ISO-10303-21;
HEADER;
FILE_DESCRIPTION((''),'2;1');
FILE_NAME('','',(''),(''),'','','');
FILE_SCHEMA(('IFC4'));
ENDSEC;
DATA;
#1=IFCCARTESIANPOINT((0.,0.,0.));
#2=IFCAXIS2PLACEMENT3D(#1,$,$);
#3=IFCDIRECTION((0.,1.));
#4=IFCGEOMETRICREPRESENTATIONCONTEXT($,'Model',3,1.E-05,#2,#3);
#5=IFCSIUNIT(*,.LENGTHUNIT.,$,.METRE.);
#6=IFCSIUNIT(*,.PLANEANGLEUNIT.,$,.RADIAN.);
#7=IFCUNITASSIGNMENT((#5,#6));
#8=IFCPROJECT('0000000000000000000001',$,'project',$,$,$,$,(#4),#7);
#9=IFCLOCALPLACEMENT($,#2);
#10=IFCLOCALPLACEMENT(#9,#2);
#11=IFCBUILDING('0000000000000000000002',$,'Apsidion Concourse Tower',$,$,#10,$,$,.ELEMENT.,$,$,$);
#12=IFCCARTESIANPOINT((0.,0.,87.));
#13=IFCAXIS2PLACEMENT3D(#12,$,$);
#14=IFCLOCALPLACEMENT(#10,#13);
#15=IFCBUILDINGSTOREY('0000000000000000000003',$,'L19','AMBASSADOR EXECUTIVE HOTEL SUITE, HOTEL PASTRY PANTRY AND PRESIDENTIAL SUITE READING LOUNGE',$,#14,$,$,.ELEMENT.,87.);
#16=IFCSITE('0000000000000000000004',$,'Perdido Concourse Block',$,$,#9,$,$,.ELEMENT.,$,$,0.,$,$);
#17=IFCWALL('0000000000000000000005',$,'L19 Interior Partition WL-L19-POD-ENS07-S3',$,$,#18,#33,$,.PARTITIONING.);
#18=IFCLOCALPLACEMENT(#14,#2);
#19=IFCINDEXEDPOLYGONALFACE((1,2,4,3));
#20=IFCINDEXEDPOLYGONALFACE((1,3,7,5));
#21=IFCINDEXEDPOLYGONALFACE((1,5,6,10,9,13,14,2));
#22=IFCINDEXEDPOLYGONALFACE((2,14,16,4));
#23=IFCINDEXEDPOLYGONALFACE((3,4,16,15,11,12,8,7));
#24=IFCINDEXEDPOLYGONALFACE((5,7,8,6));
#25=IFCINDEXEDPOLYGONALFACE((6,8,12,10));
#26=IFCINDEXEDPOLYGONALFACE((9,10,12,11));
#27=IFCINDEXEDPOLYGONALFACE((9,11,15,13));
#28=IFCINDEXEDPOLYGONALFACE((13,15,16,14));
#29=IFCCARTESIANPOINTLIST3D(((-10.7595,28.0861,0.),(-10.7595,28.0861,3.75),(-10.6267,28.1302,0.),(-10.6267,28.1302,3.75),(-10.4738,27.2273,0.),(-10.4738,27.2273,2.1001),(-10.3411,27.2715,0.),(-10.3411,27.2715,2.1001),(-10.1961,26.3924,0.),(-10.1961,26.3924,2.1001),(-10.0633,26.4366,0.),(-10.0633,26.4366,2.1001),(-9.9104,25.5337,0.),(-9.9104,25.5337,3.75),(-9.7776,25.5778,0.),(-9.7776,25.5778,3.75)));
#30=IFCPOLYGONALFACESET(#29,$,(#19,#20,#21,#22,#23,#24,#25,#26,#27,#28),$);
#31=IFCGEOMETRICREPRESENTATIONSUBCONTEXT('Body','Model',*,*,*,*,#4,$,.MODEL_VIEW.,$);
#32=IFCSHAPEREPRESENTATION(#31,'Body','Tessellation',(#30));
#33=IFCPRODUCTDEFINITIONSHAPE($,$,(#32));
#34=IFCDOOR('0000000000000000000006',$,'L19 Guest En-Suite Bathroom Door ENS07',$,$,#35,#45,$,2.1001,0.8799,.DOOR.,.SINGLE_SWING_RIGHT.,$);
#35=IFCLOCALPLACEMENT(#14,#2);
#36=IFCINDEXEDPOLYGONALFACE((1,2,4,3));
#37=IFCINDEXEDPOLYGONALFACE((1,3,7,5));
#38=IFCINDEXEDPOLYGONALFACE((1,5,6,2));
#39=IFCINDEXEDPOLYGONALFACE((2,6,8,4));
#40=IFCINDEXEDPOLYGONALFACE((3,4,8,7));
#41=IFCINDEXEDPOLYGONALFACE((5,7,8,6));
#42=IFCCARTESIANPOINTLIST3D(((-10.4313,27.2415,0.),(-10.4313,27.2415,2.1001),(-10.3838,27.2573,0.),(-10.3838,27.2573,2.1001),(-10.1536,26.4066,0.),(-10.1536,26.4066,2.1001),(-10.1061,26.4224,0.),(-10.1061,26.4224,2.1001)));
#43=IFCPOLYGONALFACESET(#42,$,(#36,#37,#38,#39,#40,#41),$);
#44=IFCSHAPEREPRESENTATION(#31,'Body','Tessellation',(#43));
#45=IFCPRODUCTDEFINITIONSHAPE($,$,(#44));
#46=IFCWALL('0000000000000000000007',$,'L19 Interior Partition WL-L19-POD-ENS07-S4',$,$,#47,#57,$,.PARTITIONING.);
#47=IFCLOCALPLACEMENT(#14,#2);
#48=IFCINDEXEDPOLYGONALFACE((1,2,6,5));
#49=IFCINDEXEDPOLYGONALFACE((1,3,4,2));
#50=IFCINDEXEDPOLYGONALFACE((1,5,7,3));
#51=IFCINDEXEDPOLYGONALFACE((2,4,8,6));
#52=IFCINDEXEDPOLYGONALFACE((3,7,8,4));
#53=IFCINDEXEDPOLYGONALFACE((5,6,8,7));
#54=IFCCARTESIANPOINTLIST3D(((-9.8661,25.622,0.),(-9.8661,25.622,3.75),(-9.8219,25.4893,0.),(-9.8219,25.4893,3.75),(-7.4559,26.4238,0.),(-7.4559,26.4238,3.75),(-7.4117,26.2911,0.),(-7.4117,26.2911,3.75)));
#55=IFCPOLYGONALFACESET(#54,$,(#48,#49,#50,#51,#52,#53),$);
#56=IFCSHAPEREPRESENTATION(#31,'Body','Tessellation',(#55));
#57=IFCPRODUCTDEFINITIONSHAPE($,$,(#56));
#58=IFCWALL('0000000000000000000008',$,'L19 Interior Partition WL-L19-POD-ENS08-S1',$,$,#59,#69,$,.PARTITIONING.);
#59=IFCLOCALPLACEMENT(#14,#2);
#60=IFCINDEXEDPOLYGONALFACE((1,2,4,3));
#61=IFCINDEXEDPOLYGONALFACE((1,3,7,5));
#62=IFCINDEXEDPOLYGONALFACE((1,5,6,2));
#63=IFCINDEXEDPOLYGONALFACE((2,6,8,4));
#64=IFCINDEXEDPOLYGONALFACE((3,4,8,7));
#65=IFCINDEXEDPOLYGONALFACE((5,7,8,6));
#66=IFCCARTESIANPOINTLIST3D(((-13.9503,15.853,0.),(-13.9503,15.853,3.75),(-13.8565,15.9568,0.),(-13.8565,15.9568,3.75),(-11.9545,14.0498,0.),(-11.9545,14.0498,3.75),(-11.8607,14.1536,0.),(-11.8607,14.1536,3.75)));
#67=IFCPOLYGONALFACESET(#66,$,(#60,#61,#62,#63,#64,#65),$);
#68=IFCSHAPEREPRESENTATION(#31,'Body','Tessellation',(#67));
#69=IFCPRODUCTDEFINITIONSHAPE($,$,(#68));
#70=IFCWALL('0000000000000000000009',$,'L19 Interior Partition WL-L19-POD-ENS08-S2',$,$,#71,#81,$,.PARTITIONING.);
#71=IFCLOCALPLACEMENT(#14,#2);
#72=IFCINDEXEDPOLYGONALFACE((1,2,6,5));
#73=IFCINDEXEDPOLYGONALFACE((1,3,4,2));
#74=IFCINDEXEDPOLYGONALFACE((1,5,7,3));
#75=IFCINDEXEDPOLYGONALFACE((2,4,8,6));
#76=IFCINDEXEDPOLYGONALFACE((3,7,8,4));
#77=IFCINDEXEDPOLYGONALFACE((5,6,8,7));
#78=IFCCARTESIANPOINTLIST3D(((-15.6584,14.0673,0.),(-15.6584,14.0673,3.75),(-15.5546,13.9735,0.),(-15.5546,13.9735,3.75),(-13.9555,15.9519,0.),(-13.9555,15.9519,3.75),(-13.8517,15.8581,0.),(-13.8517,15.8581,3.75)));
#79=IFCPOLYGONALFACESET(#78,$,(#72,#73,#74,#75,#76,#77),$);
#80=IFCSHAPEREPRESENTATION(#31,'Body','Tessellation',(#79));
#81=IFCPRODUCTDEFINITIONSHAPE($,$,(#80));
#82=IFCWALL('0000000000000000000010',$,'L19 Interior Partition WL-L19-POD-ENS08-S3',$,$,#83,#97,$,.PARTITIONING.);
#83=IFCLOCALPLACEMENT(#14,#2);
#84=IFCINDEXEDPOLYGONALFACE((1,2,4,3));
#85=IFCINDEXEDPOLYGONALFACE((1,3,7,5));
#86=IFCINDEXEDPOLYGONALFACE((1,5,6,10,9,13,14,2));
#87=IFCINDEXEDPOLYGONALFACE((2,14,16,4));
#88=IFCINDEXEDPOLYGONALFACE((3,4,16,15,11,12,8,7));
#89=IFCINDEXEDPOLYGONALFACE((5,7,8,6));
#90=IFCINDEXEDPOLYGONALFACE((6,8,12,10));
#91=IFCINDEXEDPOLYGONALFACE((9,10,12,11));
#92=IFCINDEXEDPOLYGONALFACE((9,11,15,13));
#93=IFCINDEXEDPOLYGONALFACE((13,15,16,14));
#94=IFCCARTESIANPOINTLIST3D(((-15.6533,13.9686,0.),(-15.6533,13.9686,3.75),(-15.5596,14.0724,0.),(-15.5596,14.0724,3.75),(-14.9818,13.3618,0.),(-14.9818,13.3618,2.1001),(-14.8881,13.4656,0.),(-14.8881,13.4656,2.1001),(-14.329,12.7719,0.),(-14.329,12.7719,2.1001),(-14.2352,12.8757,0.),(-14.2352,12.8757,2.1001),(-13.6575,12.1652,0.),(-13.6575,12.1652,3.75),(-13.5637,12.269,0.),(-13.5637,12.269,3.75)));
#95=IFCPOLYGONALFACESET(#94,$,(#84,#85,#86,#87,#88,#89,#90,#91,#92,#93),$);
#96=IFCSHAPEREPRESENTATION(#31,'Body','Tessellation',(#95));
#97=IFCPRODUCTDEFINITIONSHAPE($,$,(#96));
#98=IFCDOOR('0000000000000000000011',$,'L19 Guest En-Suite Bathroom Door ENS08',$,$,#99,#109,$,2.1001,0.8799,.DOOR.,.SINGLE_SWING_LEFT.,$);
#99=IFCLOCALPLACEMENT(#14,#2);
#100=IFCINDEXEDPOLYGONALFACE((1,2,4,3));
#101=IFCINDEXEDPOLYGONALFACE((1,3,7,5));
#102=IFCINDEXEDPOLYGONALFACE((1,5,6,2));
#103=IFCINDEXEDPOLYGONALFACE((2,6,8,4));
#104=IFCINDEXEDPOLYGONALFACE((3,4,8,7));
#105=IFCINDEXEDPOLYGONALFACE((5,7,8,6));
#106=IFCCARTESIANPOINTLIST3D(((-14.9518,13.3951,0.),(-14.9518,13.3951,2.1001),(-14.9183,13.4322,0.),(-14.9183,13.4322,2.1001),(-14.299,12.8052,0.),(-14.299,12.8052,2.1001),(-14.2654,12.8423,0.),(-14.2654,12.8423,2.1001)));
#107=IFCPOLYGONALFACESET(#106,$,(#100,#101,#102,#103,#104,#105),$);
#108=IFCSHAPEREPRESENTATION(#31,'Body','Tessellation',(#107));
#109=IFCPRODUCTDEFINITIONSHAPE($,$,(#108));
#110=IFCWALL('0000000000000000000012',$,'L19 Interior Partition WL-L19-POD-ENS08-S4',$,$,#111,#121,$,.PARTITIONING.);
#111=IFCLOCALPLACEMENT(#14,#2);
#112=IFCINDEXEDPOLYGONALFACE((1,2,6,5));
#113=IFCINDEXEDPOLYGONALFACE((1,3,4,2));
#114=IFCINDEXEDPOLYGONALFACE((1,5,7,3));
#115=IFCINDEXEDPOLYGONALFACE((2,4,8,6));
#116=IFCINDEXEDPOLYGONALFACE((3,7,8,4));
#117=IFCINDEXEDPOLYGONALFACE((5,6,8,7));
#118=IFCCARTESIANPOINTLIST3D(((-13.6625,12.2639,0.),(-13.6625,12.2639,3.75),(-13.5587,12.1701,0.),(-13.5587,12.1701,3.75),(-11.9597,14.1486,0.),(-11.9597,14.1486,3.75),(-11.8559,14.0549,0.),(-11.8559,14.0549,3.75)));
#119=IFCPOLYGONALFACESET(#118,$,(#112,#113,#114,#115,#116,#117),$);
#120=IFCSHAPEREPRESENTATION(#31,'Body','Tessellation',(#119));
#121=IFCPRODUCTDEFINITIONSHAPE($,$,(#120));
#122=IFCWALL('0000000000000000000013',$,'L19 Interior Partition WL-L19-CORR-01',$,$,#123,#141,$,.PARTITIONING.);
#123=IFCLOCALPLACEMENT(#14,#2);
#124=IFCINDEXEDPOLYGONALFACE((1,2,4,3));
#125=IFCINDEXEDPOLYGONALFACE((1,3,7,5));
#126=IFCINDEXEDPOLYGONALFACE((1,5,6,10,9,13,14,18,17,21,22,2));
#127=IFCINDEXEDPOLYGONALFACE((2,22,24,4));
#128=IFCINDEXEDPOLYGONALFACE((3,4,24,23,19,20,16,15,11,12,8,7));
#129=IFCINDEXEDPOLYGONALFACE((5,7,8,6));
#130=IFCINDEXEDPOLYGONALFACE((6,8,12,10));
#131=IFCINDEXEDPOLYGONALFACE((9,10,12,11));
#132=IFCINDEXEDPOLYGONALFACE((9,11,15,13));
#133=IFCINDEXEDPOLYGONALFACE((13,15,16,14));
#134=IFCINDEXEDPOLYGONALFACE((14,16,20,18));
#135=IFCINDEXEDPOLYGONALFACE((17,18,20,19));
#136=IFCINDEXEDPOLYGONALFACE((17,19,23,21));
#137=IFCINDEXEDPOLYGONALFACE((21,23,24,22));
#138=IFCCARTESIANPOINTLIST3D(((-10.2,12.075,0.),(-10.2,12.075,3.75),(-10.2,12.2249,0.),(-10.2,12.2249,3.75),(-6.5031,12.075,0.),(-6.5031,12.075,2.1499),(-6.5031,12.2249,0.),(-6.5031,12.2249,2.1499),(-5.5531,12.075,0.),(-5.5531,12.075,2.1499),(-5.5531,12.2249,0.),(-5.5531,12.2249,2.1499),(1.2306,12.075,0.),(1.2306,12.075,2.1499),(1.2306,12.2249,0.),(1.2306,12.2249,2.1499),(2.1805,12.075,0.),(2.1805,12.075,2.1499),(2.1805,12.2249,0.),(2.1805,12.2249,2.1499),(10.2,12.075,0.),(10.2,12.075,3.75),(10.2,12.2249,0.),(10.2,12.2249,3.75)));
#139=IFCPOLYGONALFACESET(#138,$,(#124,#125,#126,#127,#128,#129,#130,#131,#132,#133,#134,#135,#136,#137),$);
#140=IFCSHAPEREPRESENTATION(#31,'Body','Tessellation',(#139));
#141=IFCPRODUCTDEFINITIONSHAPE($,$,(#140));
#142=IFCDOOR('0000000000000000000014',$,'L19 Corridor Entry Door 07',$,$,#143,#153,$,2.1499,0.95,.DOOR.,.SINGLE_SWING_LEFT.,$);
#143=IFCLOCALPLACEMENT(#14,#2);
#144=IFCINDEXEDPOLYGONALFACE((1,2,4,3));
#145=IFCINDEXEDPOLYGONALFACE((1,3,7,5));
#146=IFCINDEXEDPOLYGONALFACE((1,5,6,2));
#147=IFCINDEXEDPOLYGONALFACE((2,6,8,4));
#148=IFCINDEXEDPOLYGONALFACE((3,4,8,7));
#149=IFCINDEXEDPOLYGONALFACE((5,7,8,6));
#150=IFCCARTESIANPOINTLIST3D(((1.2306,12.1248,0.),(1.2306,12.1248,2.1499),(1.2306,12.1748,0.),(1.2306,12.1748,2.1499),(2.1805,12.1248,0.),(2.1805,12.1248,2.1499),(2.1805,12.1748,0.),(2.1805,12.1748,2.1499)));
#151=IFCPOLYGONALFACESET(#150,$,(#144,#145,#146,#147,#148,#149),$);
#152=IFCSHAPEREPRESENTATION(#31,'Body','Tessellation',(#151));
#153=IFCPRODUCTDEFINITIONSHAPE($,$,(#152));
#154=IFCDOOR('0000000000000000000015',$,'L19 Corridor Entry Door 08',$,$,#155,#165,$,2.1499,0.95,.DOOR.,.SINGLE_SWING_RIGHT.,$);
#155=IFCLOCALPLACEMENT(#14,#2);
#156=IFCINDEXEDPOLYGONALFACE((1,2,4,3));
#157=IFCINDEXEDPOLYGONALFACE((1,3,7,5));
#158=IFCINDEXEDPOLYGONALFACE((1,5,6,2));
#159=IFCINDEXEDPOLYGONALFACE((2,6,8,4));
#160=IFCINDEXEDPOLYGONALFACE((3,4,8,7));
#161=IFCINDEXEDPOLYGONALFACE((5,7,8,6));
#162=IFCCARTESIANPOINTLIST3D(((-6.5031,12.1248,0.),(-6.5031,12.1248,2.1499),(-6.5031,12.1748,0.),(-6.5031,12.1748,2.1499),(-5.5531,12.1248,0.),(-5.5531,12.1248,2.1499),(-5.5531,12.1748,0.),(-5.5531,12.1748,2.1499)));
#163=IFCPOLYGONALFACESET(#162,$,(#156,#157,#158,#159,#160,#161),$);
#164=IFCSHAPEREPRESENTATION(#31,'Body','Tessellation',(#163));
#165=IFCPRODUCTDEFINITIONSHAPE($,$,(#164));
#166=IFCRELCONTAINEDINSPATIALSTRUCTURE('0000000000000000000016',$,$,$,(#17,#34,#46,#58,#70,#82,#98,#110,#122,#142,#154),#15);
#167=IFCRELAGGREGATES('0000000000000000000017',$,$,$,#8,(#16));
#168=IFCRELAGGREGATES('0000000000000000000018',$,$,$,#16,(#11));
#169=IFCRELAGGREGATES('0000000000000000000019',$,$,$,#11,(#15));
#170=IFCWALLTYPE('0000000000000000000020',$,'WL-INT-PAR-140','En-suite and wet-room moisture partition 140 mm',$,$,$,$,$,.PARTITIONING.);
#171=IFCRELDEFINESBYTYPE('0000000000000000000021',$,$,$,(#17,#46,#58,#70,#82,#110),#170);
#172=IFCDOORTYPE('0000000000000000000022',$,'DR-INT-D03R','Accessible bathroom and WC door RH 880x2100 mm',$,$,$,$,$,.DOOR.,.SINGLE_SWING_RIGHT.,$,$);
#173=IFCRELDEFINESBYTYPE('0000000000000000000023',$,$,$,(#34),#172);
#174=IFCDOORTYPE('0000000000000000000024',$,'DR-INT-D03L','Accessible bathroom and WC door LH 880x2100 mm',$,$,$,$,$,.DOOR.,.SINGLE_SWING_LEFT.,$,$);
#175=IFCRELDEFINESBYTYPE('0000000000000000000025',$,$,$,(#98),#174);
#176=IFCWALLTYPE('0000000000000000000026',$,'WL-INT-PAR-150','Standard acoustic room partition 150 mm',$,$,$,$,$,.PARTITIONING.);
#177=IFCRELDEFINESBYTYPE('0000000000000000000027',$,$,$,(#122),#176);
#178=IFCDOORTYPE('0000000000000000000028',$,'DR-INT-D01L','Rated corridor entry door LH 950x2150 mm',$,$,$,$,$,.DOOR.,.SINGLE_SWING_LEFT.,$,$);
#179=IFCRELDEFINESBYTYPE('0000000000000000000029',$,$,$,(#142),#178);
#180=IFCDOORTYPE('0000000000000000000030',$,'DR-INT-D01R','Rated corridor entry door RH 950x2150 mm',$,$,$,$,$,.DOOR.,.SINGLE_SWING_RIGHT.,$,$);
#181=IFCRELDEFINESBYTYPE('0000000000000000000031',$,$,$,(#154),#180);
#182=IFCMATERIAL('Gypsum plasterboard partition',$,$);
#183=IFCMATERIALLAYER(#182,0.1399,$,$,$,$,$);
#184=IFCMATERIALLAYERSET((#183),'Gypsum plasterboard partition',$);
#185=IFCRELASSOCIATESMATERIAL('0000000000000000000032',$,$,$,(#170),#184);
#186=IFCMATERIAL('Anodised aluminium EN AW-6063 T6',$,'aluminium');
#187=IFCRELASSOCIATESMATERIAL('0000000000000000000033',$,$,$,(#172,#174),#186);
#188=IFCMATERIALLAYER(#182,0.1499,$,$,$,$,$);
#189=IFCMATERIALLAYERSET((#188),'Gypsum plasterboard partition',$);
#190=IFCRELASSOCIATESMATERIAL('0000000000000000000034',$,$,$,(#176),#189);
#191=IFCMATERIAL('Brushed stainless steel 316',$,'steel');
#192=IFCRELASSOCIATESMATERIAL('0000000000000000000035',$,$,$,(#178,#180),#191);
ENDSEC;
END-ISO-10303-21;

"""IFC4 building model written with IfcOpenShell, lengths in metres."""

from ifc_helpers import new_model, si_unit, direction, frame, frame_2d, origin, place, context, subcontext, project, spatial, rectangle, extrude, material, layer, layer_set, type_object, element, fill, save


model = new_model("IFC4")

# Units and contexts
model_context = context("Model", 3, precision=1e-05, world=origin(), true_north=direction((0.0, 1.0)))
body_context = subcontext(model_context, "Body", "Model", "MODEL_VIEW")
ifc_project = project(units=[si_unit("LENGTHUNIT", "METRE"), si_unit("PLANEANGLEUNIT", "RADIAN")], contexts=[model_context])

# Site, building, storey
site_placement = place(None, origin())
site = spatial("IfcSite", under=ifc_project, at=site_placement, Name="Perdido Concourse Block", CompositionType="ELEMENT", RefElevation=0.0)
building_placement = place(site_placement, origin())
building = spatial("IfcBuilding", under=site, at=building_placement, Name="Apsidion Concourse Tower", CompositionType="ELEMENT")
storey_placement = place(building_placement, frame((0.0, 0.0, 87.0)))
storey = spatial("IfcBuildingStorey", under=building, at=storey_placement, Name="L19", Description="AMBASSADOR EXECUTIVE HOTEL SUITE, HOTEL PASTRY PANTRY AND PRESIDENTIAL SUITE READING LOUNGE", CompositionType="ELEMENT", Elevation=87.0)

# Shared definitions
ifc_material_1 = material(Name="Gypsum plasterboard partition")
ifc_layer_1 = layer(ifc_material_1, 0.1399)
ifc_layer_set_1 = layer_set([ifc_layer_1], Name="Gypsum plasterboard partition")
wall_type_1 = type_object("IfcWallType", Name="WL-INT-PAR-140", Description="En-suite and wet-room moisture partition 140 mm", PredefinedType="PARTITIONING", material=ifc_layer_set_1)

# Wall, opening, door
wall_1_placement = place(storey_placement, frame((-10.6931, 28.1082, 0.0), z_axis=(0.0, 0.0, 1.0), x_axis=(0.315656, -0.948874, 0.0)))
wall_1 = element("IfcWall", 1, at=wall_1_placement, inside=storey, type_object=wall_type_1, Name="L19 Interior Partition WL-L19-POD-ENS07-S3", PredefinedType="PARTITIONING", context=body_context, shape_type="SweptSolid", body=[
    extrude(rectangle(XDim=2.6899, YDim=0.1399, at=frame_2d((1.345, 0.0))), origin(), (0.0, 0.0, 1.0), 3.75),
])
opening_1_placement = place(wall_1_placement, frame((0.905, 0.0, 0.0)))
opening_1 = element("IfcOpeningElement", 2, at=opening_1_placement, cuts=wall_1, PredefinedType="OPENING", context=body_context, shape_type="SweptSolid", body=[
    extrude(rectangle(XDim=0.8799, YDim=2.1001, at=frame_2d((0.4399, 1.05))), frame((0.0, 0.0801, 0.0), z_axis=(0.0, -1.0, 0.0), x_axis=(1.0, 0.0, 0.0)), (0.0, 0.0, 1.0), 0.1599),
])
ifc_material_2 = material(Name="Anodised aluminium EN AW-6063 T6", Category="aluminium")
door_type_1 = type_object("IfcDoorType", Name="DR-INT-D03R", Description="Accessible bathroom and WC door RH 880x2100 mm", OperationType="SINGLE_SWING_RIGHT", PredefinedType="DOOR", material=ifc_material_2)
door_1_placement = place(opening_1_placement, origin())
door_1 = element("IfcDoor", 3, at=door_1_placement, inside=storey, type_object=door_type_1, Name="L19 Guest En-Suite Bathroom Door ENS07", OperationType="SINGLE_SWING_RIGHT", OverallHeight=2.1001, OverallWidth=0.8799, PredefinedType="DOOR", context=body_context, shape_type="SweptSolid", body=[
    extrude(rectangle(XDim=0.8799, YDim=2.1001, at=frame_2d((0.4399, 1.05))), frame((0.0, 0.0249, 0.0), z_axis=(0.0, -1.0, 0.0), x_axis=(1.0, 0.0, 0.0)), (0.0, 0.0, 1.0), 0.05),
])
fill(opening_1, door_1)

# Walls
wall_2_placement = place(storey_placement, frame((-9.844, 25.5557, 0.0), z_axis=(0.0, 0.0, 1.0), x_axis=(0.948875, 0.315651, 0.0)))
element("IfcWall", 4, at=wall_2_placement, inside=storey, type_object=wall_type_1, Name="L19 Interior Partition WL-L19-POD-ENS07-S4", PredefinedType="PARTITIONING", context=body_context, shape_type="SweptSolid", body=[
    extrude(rectangle(XDim=2.54, YDim=0.1399, at=frame_2d((1.27, 0.0))), origin(), (0.0, 0.0, 1.0), 3.75),
])
wall_3_placement = place(storey_placement, frame((-11.9077, 14.1018, 0.0), z_axis=(0.0, 0.0, 1.0), x_axis=(-0.742007, 0.670393, 0.0)))
element("IfcWall", 5, at=wall_3_placement, inside=storey, type_object=wall_type_1, Name="L19 Interior Partition WL-L19-POD-ENS08-S1", PredefinedType="PARTITIONING", context=body_context, shape_type="SweptSolid", body=[
    extrude(rectangle(XDim=2.6897, YDim=0.1399, at=frame_2d((1.3447, 0.0))), origin(), (0.0, 0.0, 1.0), 3.75),
])
wall_4_placement = place(storey_placement, frame((-13.9036, 15.905, 0.0), z_axis=(0.0, 0.0, 1.0), x_axis=(-0.670445, -0.741959, 0.0)))
element("IfcWall", 6, at=wall_4_placement, inside=storey, type_object=wall_type_1, Name="L19 Interior Partition WL-L19-POD-ENS08-S2", PredefinedType="PARTITIONING", context=body_context, shape_type="SweptSolid", body=[
    extrude(rectangle(XDim=2.54, YDim=0.1399, at=frame_2d((1.27, 0.0))), origin(), (0.0, 0.0, 1.0), 3.75),
])

# Wall, opening, door
wall_5_placement = place(storey_placement, frame((-15.6064, 14.0205, 0.0), z_axis=(0.0, 0.0, 1.0), x_axis=(0.741961, -0.670443, 0.0)))
wall_5 = element("IfcWall", 7, at=wall_5_placement, inside=storey, type_object=wall_type_1, Name="L19 Interior Partition WL-L19-POD-ENS08-S3", PredefinedType="PARTITIONING", context=body_context, shape_type="SweptSolid", body=[
    extrude(rectangle(XDim=2.6899, YDim=0.1399, at=frame_2d((1.345, 0.0))), origin(), (0.0, 0.0, 1.0), 3.75),
])
opening_2_placement = place(wall_5_placement, frame((0.905, 0.0, 0.0)))
opening_2 = element("IfcOpeningElement", 8, at=opening_2_placement, cuts=wall_5, PredefinedType="OPENING", context=body_context, shape_type="SweptSolid", body=[
    extrude(rectangle(XDim=0.8799, YDim=2.1001, at=frame_2d((0.4399, 1.05))), frame((0.0, 0.0801, 0.0), z_axis=(0.0, -1.0, 0.0), x_axis=(1.0, 0.0, 0.0)), (0.0, 0.0, 1.0), 0.1599),
])
door_type_2 = type_object("IfcDoorType", Name="DR-INT-D03L", Description="Accessible bathroom and WC door LH 880x2100 mm", OperationType="SINGLE_SWING_LEFT", PredefinedType="DOOR", material=ifc_material_2)
door_2_placement = place(opening_2_placement, origin())
door_2 = element("IfcDoor", 9, at=door_2_placement, inside=storey, type_object=door_type_2, Name="L19 Guest En-Suite Bathroom Door ENS08", OperationType="SINGLE_SWING_LEFT", OverallHeight=2.1001, OverallWidth=0.8799, PredefinedType="DOOR", context=body_context, shape_type="SweptSolid", body=[
    extrude(rectangle(XDim=0.8799, YDim=2.1001, at=frame_2d((0.4399, 1.05))), frame((0.0, 0.0249, 0.0), z_axis=(0.0, -1.0, 0.0), x_axis=(1.0, 0.0, 0.0)), (0.0, 0.0, 1.0), 0.05),
])
fill(opening_2, door_2)

# Wall
wall_6_placement = place(storey_placement, frame((-13.6106, 12.217, 0.0), z_axis=(0.0, 0.0, 1.0), x_axis=(0.670397, 0.742002, 0.0)))
element("IfcWall", 10, at=wall_6_placement, inside=storey, type_object=wall_type_1, Name="L19 Interior Partition WL-L19-POD-ENS08-S4", PredefinedType="PARTITIONING", context=body_context, shape_type="SweptSolid", body=[
    extrude(rectangle(XDim=2.54, YDim=0.1399, at=frame_2d((1.27, 0.0))), origin(), (0.0, 0.0, 1.0), 3.75),
])

# Wall, openings, doors
ifc_layer_2 = layer(ifc_material_1, 0.1499)
ifc_layer_set_2 = layer_set([ifc_layer_2], Name="Gypsum plasterboard partition")
wall_type_2 = type_object("IfcWallType", Name="WL-INT-PAR-150", Description="Standard acoustic room partition 150 mm", PredefinedType="PARTITIONING", material=ifc_layer_set_2)
wall_7_placement = place(storey_placement, frame((-10.2, 12.1499, 0.0), z_axis=(0.0, 0.0, 1.0), x_axis=(1.0, 0.0, 0.0)))
wall_7 = element("IfcWall", 11, at=wall_7_placement, inside=storey, type_object=wall_type_2, Name="L19 Interior Partition WL-L19-CORR-01", PredefinedType="PARTITIONING", context=body_context, shape_type="SweptSolid", body=[
    extrude(rectangle(XDim=20.3999, YDim=0.1499, at=frame_2d((10.2, 0.0))), origin(), (0.0, 0.0, 1.0), 3.75),
])
opening_3_placement = place(wall_7_placement, frame((11.4304, 0.0, 0.0)))
opening_3 = element("IfcOpeningElement", 12, at=opening_3_placement, cuts=wall_7, PredefinedType="OPENING", context=body_context, shape_type="SweptSolid", body=[
    extrude(rectangle(XDim=0.95, YDim=2.1499, at=frame_2d((0.4751, 1.075))), frame((0.0, 0.085, 0.0), z_axis=(0.0, -1.0, 0.0), x_axis=(1.0, 0.0, 0.0)), (0.0, 0.0, 1.0), 0.1699),
])
opening_4_placement = place(wall_7_placement, frame((3.6968, 0.0, 0.0)))
opening_4 = element("IfcOpeningElement", 13, at=opening_4_placement, cuts=wall_7, PredefinedType="OPENING", context=body_context, shape_type="SweptSolid", body=[
    extrude(rectangle(XDim=0.95, YDim=2.1499, at=frame_2d((0.4751, 1.075))), frame((0.0, 0.085, 0.0), z_axis=(0.0, -1.0, 0.0), x_axis=(1.0, 0.0, 0.0)), (0.0, 0.0, 1.0), 0.1699),
])
ifc_material_3 = material(Name="Brushed stainless steel 316", Category="steel")
door_type_3 = type_object("IfcDoorType", Name="DR-INT-D01L", Description="Rated corridor entry door LH 950x2150 mm", OperationType="SINGLE_SWING_LEFT", PredefinedType="DOOR", material=ifc_material_3)
door_3_placement = place(opening_3_placement, origin())
door_3 = element("IfcDoor", 14, at=door_3_placement, inside=storey, type_object=door_type_3, Name="L19 Corridor Entry Door 07", OperationType="SINGLE_SWING_LEFT", OverallHeight=2.1499, OverallWidth=0.95, PredefinedType="DOOR", context=body_context, shape_type="SweptSolid", body=[
    extrude(rectangle(XDim=0.95, YDim=2.1499, at=frame_2d((0.4751, 1.075))), frame((0.0, 0.0249, 0.0), z_axis=(0.0, -1.0, 0.0), x_axis=(1.0, 0.0, 0.0)), (0.0, 0.0, 1.0), 0.05),
])
fill(opening_3, door_3)
door_type_4 = type_object("IfcDoorType", Name="DR-INT-D01R", Description="Rated corridor entry door RH 950x2150 mm", OperationType="SINGLE_SWING_RIGHT", PredefinedType="DOOR", material=ifc_material_3)
door_4_placement = place(opening_4_placement, origin())
door_4 = element("IfcDoor", 15, at=door_4_placement, inside=storey, type_object=door_type_4, Name="L19 Corridor Entry Door 08", OperationType="SINGLE_SWING_RIGHT", OverallHeight=2.1499, OverallWidth=0.95, PredefinedType="DOOR", context=body_context, shape_type="SweptSolid", body=[
    extrude(rectangle(XDim=0.95, YDim=2.1499, at=frame_2d((0.4751, 1.075))), frame((0.0, 0.0249, 0.0), z_axis=(0.0, -1.0, 0.0), x_axis=(1.0, 0.0, 0.0)), (0.0, 0.0, 1.0), 0.05),
])
fill(opening_4, door_4)

save(model, "model.ifc")
